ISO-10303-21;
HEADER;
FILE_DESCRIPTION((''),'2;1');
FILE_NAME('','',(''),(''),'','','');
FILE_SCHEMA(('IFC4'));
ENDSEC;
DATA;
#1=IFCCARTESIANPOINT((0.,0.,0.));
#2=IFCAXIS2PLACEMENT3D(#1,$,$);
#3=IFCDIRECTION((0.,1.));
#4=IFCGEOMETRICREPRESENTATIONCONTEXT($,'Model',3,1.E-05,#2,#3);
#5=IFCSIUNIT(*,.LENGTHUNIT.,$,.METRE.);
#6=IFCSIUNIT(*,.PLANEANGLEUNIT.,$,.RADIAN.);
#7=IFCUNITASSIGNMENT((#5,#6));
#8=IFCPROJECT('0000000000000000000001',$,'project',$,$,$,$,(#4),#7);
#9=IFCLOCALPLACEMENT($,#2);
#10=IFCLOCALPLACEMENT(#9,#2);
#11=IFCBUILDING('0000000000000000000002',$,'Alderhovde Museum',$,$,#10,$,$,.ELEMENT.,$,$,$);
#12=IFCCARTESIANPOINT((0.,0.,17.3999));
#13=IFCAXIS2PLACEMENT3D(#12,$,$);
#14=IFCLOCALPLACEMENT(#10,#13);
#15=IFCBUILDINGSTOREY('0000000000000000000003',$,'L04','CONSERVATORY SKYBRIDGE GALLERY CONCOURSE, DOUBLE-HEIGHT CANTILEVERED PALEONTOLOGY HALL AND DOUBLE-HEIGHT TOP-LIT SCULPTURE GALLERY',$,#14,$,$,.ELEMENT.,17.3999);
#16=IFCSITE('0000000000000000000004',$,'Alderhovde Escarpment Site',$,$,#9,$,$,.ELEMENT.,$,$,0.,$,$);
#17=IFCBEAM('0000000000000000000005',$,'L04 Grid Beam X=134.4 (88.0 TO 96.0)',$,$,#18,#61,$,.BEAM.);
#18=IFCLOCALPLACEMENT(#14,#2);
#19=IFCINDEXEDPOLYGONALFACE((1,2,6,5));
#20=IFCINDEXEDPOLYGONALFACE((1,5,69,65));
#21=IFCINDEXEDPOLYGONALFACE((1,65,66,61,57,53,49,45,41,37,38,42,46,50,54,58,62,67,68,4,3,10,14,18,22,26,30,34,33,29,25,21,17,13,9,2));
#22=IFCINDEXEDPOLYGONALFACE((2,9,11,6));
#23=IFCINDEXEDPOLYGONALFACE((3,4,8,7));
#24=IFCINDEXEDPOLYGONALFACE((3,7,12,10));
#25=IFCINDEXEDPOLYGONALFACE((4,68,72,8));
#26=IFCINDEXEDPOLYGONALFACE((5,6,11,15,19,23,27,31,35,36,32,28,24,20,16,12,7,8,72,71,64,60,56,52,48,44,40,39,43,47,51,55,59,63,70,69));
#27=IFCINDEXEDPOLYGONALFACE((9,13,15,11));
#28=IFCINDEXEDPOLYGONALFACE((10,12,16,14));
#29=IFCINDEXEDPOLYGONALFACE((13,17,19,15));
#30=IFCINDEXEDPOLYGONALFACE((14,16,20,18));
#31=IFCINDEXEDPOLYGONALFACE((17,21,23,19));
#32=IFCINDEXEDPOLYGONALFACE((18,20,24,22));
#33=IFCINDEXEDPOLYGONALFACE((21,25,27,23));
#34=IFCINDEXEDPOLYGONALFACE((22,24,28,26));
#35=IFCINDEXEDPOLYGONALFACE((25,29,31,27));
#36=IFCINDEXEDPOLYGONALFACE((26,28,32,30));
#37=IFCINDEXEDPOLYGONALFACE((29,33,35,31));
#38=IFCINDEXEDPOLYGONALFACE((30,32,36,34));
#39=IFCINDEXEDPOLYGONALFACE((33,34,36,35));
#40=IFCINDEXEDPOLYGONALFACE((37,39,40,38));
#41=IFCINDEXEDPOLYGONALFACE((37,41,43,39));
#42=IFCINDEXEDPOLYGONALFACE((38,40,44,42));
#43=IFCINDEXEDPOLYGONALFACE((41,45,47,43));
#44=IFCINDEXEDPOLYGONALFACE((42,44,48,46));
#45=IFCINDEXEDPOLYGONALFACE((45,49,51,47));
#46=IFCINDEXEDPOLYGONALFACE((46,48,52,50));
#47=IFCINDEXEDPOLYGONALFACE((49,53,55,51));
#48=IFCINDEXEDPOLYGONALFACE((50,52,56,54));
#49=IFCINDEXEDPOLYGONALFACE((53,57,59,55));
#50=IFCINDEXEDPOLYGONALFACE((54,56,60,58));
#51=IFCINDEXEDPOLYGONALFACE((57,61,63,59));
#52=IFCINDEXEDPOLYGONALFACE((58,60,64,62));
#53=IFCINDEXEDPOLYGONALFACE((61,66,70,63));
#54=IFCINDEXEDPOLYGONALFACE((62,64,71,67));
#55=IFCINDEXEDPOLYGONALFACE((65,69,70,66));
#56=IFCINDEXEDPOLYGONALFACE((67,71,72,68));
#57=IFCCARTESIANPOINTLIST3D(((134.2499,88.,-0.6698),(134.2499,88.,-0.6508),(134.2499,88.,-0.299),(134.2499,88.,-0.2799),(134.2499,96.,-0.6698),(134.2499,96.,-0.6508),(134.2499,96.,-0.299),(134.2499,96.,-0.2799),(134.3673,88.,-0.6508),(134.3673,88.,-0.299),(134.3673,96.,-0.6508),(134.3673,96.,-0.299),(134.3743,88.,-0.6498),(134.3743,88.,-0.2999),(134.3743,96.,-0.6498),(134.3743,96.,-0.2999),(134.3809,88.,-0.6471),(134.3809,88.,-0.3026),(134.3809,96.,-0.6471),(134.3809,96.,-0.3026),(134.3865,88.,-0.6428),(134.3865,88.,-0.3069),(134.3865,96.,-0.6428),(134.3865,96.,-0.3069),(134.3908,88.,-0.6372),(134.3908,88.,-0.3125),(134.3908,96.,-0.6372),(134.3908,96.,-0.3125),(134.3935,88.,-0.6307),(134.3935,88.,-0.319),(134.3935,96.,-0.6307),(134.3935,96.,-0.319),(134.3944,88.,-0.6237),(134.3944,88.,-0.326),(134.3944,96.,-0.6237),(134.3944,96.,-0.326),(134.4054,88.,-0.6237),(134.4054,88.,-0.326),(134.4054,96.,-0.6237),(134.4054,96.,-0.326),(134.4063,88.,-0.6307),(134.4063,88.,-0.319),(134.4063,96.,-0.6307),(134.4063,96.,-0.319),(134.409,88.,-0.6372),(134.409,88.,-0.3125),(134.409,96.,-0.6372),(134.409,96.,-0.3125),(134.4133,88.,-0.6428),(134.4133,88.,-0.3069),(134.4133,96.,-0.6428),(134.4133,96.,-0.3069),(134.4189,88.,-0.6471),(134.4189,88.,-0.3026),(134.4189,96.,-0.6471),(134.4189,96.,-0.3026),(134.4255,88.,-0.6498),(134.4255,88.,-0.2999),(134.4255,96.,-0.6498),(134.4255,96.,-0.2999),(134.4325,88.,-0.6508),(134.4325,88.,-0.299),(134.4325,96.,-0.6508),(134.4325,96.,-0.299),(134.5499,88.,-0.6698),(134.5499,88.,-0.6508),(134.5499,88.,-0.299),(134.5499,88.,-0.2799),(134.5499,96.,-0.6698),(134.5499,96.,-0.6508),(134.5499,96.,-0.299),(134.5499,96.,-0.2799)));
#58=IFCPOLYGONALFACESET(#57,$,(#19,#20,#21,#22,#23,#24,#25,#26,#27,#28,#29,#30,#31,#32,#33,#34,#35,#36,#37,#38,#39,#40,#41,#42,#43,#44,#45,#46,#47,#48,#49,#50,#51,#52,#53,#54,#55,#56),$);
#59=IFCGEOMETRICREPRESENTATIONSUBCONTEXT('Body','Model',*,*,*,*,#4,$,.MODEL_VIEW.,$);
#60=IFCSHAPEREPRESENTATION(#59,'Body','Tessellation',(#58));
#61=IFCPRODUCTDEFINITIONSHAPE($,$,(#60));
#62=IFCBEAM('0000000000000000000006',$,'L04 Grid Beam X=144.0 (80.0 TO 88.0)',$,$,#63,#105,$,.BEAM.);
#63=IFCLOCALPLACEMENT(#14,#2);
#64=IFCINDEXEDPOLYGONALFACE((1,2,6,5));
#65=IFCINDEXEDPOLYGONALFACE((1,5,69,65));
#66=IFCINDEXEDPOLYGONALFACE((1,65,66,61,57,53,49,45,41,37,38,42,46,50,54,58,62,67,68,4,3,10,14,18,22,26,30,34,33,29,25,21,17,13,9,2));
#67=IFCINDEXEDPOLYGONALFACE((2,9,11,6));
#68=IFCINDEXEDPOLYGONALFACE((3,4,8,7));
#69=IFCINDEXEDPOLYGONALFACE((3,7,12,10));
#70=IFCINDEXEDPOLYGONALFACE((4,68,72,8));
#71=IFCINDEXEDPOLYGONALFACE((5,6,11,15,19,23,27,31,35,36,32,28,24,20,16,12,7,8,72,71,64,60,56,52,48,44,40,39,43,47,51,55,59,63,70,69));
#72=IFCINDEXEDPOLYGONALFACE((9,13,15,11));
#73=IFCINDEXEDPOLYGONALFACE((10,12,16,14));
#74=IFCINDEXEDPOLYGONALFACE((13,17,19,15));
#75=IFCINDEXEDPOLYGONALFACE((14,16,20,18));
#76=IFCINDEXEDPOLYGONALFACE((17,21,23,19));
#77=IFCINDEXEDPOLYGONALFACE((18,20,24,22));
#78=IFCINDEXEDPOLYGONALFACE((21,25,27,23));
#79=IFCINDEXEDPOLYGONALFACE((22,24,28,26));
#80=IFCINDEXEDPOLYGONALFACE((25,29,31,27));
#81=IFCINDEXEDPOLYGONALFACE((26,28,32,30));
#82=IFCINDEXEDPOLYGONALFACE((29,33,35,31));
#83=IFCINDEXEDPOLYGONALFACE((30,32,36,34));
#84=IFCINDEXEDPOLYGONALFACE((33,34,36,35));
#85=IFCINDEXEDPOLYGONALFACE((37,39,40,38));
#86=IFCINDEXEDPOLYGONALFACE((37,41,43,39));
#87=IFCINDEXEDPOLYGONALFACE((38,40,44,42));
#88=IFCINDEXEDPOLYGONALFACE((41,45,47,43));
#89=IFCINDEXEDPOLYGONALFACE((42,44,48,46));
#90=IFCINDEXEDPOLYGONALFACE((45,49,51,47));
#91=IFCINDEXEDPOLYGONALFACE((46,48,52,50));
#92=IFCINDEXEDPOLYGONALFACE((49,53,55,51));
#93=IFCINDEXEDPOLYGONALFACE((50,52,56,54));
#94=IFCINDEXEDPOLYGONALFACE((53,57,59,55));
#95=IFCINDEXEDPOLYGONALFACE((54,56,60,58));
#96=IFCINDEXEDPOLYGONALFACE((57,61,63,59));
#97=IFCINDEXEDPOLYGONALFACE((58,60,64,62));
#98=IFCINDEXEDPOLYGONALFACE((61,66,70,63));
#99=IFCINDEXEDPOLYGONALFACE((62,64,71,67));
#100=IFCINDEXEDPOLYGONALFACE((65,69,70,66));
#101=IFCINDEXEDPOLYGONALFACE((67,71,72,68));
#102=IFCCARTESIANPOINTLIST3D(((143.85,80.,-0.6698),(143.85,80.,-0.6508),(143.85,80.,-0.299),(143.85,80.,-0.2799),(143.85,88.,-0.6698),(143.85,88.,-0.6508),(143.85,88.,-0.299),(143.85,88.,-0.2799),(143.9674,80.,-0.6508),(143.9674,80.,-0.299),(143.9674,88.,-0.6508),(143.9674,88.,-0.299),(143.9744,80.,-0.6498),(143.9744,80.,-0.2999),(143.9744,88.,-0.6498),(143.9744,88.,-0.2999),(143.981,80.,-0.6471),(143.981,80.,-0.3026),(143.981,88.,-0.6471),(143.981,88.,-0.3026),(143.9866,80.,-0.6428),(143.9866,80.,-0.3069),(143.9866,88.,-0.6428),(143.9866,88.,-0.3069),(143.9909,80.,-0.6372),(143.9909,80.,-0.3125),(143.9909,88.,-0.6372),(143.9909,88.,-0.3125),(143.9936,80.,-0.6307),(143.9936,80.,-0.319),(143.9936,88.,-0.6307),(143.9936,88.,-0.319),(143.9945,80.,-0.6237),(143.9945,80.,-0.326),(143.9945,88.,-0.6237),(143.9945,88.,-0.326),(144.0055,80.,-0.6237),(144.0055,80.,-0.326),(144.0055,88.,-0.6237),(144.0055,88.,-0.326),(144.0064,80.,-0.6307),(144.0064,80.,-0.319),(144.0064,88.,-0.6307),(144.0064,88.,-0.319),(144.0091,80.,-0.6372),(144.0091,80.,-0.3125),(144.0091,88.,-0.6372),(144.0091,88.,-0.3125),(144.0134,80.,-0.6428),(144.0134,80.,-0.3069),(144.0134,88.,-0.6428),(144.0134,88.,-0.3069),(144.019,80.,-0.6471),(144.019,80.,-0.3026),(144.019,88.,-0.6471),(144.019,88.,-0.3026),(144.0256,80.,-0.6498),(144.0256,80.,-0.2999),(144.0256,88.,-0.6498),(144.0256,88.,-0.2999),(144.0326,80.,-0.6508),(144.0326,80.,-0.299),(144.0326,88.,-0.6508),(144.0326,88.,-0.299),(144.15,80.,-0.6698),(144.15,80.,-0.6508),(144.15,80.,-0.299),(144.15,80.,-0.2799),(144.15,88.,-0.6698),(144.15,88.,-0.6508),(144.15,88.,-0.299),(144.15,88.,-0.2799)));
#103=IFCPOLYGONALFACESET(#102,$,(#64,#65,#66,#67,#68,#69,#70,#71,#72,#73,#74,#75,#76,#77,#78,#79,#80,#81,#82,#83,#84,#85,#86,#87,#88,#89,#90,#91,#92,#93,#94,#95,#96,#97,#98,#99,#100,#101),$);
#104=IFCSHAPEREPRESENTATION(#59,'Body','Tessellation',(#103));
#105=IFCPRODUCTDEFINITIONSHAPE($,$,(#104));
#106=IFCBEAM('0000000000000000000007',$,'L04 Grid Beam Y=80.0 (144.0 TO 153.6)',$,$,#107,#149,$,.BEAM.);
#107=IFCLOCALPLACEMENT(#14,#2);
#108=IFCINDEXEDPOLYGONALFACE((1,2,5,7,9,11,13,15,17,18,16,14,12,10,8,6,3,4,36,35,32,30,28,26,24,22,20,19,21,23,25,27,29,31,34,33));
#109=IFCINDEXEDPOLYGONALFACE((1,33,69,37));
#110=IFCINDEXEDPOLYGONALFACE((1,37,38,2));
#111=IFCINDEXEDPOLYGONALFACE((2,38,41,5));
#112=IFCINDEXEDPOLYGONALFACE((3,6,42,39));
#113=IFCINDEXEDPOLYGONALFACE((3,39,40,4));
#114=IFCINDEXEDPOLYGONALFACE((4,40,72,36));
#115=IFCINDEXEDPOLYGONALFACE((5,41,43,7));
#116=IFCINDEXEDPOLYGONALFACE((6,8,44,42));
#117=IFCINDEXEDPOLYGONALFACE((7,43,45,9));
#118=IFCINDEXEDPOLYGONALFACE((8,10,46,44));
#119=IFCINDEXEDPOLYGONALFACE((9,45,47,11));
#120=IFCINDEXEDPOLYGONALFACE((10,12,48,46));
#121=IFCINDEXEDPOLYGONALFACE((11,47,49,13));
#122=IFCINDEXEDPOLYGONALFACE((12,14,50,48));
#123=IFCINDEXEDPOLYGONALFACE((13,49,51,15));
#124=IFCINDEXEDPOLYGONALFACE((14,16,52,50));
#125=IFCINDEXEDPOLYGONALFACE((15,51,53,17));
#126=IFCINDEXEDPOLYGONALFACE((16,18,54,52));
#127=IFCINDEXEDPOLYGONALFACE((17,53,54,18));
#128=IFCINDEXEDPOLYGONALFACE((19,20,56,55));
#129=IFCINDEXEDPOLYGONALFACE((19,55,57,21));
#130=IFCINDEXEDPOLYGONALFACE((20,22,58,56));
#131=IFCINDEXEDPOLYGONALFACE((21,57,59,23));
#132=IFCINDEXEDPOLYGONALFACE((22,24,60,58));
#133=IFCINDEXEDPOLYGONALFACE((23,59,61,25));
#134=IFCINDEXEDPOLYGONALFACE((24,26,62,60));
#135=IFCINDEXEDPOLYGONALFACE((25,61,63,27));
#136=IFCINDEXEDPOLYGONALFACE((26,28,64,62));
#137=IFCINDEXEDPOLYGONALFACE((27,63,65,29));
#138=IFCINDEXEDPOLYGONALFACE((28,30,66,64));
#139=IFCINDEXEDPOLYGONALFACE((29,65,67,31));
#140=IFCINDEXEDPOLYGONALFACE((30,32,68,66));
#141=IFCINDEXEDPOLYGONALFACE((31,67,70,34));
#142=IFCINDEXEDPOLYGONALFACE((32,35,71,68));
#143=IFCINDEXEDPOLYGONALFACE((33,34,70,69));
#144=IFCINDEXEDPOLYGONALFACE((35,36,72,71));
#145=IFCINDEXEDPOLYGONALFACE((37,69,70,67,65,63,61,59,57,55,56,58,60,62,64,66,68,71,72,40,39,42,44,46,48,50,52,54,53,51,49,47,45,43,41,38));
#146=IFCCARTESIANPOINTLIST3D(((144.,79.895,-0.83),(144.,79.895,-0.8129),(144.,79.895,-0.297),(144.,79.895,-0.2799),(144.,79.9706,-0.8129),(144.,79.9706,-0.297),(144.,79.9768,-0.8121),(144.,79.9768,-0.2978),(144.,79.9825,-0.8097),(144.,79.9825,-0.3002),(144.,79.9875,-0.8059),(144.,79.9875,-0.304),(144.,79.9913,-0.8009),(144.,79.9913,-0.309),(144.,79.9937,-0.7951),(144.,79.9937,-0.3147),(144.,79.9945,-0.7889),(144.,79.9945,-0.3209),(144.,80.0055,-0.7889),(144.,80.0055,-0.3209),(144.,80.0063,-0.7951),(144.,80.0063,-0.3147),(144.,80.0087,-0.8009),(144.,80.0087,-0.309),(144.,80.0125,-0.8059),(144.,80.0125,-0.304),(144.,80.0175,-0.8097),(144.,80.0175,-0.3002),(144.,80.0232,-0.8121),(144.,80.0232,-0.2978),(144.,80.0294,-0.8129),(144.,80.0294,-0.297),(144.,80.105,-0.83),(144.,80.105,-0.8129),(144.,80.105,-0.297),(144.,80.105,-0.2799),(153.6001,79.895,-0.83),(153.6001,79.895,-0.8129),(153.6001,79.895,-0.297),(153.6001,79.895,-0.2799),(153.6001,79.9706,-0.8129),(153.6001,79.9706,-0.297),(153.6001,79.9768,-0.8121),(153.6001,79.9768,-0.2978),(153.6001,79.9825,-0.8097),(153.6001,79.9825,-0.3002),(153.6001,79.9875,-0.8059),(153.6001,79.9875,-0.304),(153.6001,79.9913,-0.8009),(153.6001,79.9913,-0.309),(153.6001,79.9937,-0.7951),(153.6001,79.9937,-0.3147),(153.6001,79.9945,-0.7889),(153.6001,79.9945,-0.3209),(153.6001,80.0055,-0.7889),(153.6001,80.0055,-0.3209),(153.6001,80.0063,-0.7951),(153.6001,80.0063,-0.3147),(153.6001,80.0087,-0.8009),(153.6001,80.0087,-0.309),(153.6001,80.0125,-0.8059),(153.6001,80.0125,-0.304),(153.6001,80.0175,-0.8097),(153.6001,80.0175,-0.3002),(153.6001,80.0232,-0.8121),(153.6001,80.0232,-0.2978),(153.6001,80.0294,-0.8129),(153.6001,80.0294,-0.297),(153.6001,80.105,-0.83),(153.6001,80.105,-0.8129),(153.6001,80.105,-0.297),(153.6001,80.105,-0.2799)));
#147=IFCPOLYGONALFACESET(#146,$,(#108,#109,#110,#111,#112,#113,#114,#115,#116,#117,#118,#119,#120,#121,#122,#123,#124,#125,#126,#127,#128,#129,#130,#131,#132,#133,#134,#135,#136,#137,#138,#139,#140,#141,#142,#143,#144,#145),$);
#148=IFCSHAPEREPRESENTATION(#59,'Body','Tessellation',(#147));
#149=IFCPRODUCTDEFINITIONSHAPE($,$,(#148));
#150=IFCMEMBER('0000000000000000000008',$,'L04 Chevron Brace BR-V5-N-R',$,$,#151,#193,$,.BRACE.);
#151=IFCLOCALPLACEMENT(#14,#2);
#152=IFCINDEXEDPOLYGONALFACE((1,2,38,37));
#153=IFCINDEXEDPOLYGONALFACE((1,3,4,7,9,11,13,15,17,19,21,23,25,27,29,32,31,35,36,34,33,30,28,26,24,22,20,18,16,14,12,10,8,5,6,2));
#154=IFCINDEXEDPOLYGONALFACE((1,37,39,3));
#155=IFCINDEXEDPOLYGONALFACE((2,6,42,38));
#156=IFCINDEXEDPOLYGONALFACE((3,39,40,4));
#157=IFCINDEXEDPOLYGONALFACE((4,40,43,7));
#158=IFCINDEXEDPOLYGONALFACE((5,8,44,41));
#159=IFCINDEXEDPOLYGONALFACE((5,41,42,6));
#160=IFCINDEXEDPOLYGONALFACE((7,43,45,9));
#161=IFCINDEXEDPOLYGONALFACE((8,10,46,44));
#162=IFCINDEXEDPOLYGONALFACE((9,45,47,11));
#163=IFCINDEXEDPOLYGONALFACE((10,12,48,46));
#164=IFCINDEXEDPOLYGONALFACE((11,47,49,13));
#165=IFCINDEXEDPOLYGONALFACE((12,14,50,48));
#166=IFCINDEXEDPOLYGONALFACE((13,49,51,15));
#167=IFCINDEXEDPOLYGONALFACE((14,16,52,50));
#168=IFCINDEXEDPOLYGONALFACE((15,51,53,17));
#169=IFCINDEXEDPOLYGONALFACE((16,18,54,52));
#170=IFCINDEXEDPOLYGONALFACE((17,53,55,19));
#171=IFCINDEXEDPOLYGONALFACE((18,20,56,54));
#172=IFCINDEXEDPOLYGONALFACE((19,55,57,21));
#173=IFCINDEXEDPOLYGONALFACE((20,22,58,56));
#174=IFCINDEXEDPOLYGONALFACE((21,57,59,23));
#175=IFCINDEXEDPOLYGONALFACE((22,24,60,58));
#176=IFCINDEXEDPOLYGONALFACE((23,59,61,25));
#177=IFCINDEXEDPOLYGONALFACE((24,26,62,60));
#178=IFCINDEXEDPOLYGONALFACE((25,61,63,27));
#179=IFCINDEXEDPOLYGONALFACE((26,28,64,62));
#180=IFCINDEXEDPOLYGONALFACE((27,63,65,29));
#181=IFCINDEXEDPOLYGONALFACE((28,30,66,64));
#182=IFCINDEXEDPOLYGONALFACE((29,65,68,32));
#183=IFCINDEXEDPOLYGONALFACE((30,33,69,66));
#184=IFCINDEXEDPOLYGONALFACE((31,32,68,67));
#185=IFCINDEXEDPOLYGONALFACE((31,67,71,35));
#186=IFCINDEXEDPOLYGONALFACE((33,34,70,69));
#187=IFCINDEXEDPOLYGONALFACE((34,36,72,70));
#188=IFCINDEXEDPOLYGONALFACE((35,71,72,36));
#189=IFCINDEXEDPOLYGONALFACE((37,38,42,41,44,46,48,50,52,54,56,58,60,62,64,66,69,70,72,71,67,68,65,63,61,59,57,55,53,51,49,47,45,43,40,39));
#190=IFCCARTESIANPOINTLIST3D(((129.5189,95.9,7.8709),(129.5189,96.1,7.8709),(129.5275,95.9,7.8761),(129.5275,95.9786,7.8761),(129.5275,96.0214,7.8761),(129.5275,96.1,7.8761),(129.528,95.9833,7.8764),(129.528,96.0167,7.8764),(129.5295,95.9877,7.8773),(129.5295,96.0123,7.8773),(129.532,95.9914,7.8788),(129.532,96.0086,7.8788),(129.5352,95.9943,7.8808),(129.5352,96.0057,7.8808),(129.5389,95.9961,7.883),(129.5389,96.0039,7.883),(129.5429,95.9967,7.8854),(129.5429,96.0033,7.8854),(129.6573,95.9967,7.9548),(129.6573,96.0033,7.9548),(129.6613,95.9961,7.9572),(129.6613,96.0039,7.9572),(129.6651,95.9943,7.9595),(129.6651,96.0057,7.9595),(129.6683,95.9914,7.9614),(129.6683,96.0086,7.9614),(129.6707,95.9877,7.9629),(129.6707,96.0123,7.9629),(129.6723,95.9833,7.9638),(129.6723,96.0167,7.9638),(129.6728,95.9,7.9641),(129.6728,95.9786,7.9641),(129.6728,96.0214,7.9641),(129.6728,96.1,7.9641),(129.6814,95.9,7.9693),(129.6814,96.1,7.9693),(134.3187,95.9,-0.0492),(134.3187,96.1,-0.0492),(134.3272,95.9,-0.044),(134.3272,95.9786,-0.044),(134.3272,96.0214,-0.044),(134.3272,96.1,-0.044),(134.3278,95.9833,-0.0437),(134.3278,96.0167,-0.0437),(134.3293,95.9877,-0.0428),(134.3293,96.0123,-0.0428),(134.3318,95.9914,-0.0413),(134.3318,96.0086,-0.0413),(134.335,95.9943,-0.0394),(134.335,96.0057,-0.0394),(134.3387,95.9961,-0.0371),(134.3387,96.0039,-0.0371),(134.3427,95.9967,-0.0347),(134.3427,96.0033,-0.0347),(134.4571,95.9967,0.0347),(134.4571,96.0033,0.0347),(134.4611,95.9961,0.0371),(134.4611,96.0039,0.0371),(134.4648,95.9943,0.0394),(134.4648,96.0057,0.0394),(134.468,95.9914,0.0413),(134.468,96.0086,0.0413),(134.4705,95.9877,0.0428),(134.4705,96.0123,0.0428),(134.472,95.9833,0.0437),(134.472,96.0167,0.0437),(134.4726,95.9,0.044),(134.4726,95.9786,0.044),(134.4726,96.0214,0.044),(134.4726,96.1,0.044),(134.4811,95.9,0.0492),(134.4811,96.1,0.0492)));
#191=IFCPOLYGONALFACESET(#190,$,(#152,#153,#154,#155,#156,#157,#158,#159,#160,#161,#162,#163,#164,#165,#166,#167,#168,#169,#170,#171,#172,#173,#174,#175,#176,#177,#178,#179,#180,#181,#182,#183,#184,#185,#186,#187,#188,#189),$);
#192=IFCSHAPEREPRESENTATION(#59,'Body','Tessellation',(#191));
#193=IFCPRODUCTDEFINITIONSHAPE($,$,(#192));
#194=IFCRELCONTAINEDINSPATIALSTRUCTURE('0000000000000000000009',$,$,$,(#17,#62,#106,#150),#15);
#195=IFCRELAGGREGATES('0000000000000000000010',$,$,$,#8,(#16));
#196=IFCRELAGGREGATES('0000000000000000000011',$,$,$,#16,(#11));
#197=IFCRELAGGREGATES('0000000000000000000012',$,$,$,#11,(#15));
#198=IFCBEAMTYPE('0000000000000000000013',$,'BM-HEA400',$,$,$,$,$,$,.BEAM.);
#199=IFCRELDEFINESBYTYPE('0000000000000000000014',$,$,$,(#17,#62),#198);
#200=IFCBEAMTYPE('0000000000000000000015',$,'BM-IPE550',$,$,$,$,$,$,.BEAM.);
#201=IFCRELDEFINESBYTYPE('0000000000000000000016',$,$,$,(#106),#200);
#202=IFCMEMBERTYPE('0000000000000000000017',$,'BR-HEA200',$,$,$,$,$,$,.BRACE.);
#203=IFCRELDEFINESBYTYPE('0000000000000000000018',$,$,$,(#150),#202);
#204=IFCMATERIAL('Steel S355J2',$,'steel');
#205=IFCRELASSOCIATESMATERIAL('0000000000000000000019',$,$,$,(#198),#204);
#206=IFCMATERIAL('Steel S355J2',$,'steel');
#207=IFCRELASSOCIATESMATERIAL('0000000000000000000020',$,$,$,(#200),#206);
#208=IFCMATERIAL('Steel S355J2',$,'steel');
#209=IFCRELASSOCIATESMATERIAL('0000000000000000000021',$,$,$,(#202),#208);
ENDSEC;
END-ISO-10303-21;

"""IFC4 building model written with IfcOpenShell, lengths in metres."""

from ifc_helpers import new_model, si_unit, direction, frame, origin, origin_2d, place, context, subcontext, project, spatial, i_section, extrude, material, material_profile, profile_set, type_object, element, save


model = new_model("IFC4")

# Units and contexts
model_context = context("Model", 3, precision=1e-05, world=origin(), true_north=direction((0.0, 1.0)))
body_context = subcontext(model_context, "Body", "Model", "MODEL_VIEW")
ifc_project = project(units=[si_unit("LENGTHUNIT", "METRE"), si_unit("PLANEANGLEUNIT", "RADIAN")], contexts=[model_context])

# Site, building, storey
site_placement = place(None, origin())
site = spatial("IfcSite", under=ifc_project, at=site_placement, Name="Alderhovde Escarpment Site", CompositionType="ELEMENT", RefElevation=0.0)
building_placement = place(site_placement, origin())
building = spatial("IfcBuilding", under=site, at=building_placement, Name="Alderhovde Museum", CompositionType="ELEMENT")
storey_placement = place(building_placement, frame((0.0, 0.0, 17.3999)))
storey = spatial("IfcBuildingStorey", under=building, at=storey_placement, Name="L04", Description="CONSERVATORY SKYBRIDGE GALLERY CONCOURSE, DOUBLE-HEIGHT CANTILEVERED PALEONTOLOGY HALL AND DOUBLE-HEIGHT TOP-LIT SCULPTURE GALLERY", CompositionType="ELEMENT", Elevation=17.3999)

# Beams
ifc_material_1 = material(Name="Steel S355J2", Category="steel")
ifc_material_profile_1 = material_profile(ifc_material_1, i_section(OverallWidth=0.3, OverallDepth=0.3899, WebThickness=0.011, FlangeThickness=0.019, FilletRadius=0.0271, at=origin_2d()), Name="HEA 400")
ifc_profile_set_1 = profile_set([ifc_material_profile_1], Name="Steel S355J2")
beam_type_1 = type_object("IfcBeamType", Name="BM-HEA400", PredefinedType="BEAM", material=ifc_profile_set_1)
for number, where, z_axis, x_axis, name in (
    (1, (134.3999, 88.0, -0.4749), (0.0, 1.0, 0.0), (-1.0, 0.0, 0.0), "L04 Grid Beam X=134.4 (88.0 TO 96.0)"),
    (2, (144.0, 80.0, -0.4749), (0.0, 1.0, 0.0), (-1.0, 0.0, 0.0), "L04 Grid Beam X=144.0 (80.0 TO 88.0)"),
):
    element("IfcBeam", number, at=place(storey_placement, frame(where, z_axis=z_axis, x_axis=x_axis)), inside=storey, type_object=beam_type_1, Name=name, PredefinedType="BEAM", context=body_context, shape_type="SweptSolid", body=[
        extrude(i_section(OverallWidth=0.3, OverallDepth=0.3899, WebThickness=0.011, FlangeThickness=0.019, FilletRadius=0.0271, at=origin_2d()), origin(), (0.0, 0.0, 1.0), 8.0),
    ])
ifc_material_2 = material(Name="Steel S355J2", Category="steel")
ifc_material_profile_2 = material_profile(ifc_material_2, i_section(OverallWidth=0.21, OverallDepth=0.55, WebThickness=0.011, FlangeThickness=0.0171, FilletRadius=0.0239, at=origin_2d()), Name="IPE 550")
ifc_profile_set_2 = profile_set([ifc_material_profile_2], Name="Steel S355J2")
beam_type_2 = type_object("IfcBeamType", Name="BM-IPE550", PredefinedType="BEAM", material=ifc_profile_set_2)
beam_1_placement = place(storey_placement, frame((144.0, 80.0, -0.5549), z_axis=(1.0, 0.0, 0.0), x_axis=(0.0, 1.0, 0.0)))
element("IfcBeam", 3, at=beam_1_placement, inside=storey, type_object=beam_type_2, Name="L04 Grid Beam Y=80.0 (144.0 TO 153.6)", PredefinedType="BEAM", context=body_context, shape_type="SweptSolid", body=[
    extrude(i_section(OverallWidth=0.21, OverallDepth=0.55, WebThickness=0.011, FlangeThickness=0.0171, FilletRadius=0.0239, at=origin_2d()), origin(), (0.0, 0.0, 1.0), 9.6001),
])

# Member
ifc_material_3 = material(Name="Steel S355J2", Category="steel")
ifc_material_profile_3 = material_profile(ifc_material_3, i_section(OverallWidth=0.2, OverallDepth=0.1899, WebThickness=0.0066, FlangeThickness=0.01, FilletRadius=0.0181, at=origin_2d()), Name="HEA 200")
ifc_profile_set_3 = profile_set([ifc_material_profile_3], Name="Steel S355J2")
member_type = type_object("IfcMemberType", Name="BR-HEA200", PredefinedType="BRACE", material=ifc_profile_set_3)
member_placement = place(storey_placement, frame((134.3999, 96.0, 0.0), z_axis=(-0.518278, 0.0, 0.855212), x_axis=(0.0, -1.0, 0.0)))
element("IfcMember", 4, at=member_placement, inside=storey, type_object=member_type, Name="L04 Chevron Brace BR-V5-N-R", PredefinedType="BRACE", context=body_context, shape_type="SweptSolid", body=[
    extrude(i_section(OverallWidth=0.2, OverallDepth=0.1899, WebThickness=0.0066, FlangeThickness=0.01, FilletRadius=0.0181, at=origin_2d()), origin(), (0.0, 0.0, 1.0), 9.261),
])

save(model, "model.ifc")
